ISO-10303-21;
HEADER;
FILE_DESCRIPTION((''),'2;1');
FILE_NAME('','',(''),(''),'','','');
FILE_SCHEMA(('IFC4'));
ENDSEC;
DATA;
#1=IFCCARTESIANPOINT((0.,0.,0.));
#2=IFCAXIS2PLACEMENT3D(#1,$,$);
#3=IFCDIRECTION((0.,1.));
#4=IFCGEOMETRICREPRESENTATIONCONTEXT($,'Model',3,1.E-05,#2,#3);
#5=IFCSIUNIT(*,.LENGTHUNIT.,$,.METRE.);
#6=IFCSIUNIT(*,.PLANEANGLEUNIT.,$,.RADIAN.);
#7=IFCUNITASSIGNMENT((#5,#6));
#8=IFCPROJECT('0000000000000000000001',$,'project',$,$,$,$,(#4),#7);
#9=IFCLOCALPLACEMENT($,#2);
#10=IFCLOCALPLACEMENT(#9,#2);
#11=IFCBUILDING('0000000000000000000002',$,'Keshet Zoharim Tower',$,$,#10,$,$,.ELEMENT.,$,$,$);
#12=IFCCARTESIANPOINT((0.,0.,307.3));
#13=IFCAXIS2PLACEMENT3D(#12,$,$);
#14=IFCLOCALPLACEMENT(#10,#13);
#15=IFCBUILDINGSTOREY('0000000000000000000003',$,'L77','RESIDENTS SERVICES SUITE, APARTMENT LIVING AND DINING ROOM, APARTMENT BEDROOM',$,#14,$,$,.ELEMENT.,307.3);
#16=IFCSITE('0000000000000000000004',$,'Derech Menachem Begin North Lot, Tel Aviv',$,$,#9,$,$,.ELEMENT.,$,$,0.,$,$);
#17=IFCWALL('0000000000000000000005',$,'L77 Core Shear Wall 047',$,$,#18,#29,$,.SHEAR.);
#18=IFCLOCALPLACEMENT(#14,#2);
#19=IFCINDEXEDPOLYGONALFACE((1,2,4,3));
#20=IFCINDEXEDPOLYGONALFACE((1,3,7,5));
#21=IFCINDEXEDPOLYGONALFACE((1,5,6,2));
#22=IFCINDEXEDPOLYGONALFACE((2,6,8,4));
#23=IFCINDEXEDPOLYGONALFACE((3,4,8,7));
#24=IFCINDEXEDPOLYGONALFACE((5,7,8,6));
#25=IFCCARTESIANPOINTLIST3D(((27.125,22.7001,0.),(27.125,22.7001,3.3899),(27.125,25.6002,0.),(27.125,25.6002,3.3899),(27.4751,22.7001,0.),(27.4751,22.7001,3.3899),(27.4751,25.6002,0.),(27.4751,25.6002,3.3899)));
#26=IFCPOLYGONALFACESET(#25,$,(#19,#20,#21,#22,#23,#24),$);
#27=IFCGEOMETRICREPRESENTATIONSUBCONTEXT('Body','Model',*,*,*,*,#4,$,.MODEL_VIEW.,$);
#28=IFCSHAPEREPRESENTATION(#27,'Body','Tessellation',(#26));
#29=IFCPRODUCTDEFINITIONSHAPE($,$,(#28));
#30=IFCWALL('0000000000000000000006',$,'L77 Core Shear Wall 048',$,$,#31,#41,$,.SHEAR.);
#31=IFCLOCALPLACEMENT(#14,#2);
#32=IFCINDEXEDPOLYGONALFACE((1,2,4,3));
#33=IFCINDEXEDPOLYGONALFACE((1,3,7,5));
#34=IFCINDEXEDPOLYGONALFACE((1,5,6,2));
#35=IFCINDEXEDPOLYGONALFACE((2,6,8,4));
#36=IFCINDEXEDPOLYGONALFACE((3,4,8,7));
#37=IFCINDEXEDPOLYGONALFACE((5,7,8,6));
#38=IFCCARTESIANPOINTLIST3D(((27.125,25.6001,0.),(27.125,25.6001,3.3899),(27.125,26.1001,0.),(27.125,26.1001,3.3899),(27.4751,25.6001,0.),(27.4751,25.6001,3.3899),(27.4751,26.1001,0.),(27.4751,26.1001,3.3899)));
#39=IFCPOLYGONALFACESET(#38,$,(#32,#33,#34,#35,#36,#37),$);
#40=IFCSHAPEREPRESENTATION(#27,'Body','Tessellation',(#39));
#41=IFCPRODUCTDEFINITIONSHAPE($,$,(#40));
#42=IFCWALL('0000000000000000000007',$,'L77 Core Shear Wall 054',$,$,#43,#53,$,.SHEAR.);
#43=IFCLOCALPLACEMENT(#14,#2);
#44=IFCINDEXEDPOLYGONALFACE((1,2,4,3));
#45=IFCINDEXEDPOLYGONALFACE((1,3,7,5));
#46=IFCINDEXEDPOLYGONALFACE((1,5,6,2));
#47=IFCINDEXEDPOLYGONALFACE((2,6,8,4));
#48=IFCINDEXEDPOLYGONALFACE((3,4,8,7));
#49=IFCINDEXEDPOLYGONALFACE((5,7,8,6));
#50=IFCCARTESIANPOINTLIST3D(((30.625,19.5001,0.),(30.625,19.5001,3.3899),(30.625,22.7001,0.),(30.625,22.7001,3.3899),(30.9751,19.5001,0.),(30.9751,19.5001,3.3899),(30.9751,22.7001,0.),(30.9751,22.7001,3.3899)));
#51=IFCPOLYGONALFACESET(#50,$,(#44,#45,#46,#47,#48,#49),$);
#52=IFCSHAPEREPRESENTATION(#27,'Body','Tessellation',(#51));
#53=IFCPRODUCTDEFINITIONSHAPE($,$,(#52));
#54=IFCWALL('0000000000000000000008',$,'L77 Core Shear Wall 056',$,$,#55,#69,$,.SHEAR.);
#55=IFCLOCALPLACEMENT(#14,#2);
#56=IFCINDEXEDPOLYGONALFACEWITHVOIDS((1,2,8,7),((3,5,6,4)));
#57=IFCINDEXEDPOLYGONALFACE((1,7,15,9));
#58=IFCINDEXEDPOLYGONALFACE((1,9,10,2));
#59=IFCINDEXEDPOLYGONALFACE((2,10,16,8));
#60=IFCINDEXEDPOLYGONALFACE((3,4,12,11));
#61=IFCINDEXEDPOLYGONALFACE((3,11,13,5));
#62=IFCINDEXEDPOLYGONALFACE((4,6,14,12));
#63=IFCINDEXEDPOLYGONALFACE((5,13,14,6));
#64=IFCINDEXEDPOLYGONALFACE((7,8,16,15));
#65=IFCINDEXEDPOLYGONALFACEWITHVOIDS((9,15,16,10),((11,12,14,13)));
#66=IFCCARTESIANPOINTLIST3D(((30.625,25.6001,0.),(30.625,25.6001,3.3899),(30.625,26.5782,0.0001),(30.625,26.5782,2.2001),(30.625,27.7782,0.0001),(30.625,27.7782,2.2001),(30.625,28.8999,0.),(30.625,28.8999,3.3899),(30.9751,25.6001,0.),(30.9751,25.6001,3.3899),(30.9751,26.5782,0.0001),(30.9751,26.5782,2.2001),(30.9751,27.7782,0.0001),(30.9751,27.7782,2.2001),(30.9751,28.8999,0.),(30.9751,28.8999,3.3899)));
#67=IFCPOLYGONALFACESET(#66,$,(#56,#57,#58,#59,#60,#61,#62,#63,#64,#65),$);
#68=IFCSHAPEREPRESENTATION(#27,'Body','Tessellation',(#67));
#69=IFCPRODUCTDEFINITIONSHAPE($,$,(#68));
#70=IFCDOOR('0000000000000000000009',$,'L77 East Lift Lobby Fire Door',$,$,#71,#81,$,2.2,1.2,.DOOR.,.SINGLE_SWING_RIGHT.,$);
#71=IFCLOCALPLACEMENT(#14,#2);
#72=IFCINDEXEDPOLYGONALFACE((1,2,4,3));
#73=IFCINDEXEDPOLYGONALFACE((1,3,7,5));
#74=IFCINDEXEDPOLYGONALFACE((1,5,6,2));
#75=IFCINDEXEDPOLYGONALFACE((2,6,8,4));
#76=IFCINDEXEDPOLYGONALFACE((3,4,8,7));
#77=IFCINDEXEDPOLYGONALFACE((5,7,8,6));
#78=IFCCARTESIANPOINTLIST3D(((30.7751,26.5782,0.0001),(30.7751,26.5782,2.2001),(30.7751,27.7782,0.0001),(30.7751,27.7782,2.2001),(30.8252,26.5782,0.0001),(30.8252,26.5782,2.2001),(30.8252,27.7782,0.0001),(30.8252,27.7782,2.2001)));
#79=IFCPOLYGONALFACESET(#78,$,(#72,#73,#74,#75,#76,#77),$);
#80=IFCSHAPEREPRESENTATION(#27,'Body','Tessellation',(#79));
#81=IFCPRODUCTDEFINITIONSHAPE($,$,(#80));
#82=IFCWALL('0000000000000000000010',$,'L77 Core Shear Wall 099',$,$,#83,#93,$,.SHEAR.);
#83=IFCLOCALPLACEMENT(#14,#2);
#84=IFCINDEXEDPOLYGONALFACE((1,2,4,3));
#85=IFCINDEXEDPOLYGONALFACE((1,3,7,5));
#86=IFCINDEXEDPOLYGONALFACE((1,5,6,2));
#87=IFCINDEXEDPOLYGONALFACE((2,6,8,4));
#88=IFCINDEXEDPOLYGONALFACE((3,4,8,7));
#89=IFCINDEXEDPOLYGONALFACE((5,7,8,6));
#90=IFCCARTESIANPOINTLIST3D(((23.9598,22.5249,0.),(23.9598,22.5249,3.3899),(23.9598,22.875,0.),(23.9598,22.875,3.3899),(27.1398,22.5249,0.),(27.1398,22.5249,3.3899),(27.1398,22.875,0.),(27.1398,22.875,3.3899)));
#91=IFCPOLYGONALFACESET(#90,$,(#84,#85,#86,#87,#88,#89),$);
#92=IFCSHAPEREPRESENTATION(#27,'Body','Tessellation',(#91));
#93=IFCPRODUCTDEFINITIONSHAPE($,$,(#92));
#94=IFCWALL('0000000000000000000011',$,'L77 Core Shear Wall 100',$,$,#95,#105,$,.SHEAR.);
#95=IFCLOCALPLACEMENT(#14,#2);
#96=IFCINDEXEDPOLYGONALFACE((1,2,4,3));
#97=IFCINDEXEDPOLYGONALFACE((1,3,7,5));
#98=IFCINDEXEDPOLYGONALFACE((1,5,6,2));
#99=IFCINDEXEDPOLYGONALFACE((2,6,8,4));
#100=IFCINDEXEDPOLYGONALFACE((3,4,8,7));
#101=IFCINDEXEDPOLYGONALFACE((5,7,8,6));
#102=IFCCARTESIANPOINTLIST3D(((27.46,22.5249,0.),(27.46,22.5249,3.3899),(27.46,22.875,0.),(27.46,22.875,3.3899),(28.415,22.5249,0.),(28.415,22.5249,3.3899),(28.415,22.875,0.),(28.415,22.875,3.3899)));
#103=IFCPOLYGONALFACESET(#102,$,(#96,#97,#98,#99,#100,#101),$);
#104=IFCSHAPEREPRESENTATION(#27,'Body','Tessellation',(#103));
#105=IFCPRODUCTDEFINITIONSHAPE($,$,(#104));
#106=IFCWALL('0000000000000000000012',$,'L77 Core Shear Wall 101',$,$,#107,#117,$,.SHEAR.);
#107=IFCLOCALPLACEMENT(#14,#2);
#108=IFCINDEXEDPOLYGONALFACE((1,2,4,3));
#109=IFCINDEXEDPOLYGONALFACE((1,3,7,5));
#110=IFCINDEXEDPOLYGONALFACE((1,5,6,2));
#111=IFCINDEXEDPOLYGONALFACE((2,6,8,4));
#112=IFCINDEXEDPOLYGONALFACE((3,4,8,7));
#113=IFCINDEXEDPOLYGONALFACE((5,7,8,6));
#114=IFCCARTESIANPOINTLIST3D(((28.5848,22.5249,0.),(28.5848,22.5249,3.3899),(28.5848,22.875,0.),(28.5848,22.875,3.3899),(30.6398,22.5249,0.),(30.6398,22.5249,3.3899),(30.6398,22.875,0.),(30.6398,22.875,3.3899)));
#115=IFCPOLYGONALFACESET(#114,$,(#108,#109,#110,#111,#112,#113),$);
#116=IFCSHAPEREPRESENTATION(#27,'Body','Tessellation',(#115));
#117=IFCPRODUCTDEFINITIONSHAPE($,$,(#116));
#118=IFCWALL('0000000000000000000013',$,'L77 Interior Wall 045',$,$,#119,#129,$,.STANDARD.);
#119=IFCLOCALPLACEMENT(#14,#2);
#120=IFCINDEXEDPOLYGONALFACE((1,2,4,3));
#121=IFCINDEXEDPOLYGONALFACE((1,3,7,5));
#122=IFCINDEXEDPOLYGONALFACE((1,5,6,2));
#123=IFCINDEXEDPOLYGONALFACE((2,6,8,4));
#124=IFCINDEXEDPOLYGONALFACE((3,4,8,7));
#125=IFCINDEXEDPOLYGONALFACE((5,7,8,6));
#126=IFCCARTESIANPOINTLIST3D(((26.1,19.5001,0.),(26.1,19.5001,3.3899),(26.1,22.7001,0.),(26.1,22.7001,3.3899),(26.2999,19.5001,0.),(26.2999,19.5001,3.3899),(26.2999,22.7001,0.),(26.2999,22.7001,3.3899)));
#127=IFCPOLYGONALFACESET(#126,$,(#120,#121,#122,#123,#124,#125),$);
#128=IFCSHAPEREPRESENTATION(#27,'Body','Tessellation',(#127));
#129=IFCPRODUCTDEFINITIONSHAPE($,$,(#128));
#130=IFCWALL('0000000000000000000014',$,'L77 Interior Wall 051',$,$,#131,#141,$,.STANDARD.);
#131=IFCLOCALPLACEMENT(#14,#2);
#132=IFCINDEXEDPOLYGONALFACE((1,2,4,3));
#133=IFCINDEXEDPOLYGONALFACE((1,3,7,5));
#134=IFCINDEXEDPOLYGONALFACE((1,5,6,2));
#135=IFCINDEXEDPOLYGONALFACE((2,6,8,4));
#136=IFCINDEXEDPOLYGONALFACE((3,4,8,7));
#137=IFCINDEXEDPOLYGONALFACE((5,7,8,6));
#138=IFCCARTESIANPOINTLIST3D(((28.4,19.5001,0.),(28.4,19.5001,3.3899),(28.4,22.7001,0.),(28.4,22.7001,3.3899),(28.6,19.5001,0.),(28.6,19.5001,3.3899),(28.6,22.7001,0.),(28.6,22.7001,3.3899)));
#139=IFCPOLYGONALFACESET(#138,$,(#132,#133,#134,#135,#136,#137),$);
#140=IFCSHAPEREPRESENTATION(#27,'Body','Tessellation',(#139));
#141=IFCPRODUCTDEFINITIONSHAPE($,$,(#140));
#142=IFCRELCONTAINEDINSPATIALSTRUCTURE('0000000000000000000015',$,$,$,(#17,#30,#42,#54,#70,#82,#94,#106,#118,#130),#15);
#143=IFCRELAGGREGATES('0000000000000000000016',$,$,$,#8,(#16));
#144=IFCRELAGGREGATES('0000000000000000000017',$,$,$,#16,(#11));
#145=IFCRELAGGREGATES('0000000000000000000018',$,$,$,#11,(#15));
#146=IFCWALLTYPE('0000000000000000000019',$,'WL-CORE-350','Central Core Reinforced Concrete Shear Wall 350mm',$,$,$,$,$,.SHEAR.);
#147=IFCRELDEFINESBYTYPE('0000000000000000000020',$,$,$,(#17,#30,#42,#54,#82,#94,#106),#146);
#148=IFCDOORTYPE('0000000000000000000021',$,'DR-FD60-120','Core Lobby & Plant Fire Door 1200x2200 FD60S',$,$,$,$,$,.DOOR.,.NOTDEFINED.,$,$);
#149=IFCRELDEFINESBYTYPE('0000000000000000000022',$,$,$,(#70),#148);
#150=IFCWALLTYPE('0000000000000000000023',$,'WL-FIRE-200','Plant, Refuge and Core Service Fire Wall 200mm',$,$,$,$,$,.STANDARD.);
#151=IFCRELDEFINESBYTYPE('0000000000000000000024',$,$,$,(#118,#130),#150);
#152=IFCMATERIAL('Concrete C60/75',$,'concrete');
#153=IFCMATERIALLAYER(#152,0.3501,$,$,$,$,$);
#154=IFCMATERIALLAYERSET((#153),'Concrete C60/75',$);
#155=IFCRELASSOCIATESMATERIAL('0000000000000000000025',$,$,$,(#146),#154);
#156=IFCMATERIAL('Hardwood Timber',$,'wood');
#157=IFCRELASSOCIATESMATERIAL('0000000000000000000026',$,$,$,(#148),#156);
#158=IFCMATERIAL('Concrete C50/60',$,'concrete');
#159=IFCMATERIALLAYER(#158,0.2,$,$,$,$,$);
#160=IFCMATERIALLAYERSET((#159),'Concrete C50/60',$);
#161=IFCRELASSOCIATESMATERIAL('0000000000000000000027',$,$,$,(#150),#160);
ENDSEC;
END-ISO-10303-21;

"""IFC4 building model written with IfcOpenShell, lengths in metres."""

from ifc_helpers import new_model, si_unit, direction, frame, frame_2d, origin, place, context, subcontext, project, spatial, rectangle, extrude, material, layer, layer_set, type_object, element, fill, save


model = new_model("IFC4")

# Units and contexts
model_context = context("Model", 3, precision=1e-05, world=origin(), true_north=direction((0.0, 1.0)))
body_context = subcontext(model_context, "Body", "Model", "MODEL_VIEW")
ifc_project = project(units=[si_unit("LENGTHUNIT", "METRE"), si_unit("PLANEANGLEUNIT", "RADIAN")], contexts=[model_context])

# Site, building, storey
site_placement = place(None, origin())
site = spatial("IfcSite", under=ifc_project, at=site_placement, Name="Derech Menachem Begin North Lot, Tel Aviv", CompositionType="ELEMENT", RefElevation=0.0)
building_placement = place(site_placement, origin())
building = spatial("IfcBuilding", under=site, at=building_placement, Name="Keshet Zoharim Tower", CompositionType="ELEMENT")
storey_placement = place(building_placement, frame((0.0, 0.0, 307.3)))
storey = spatial("IfcBuildingStorey", under=building, at=storey_placement, Name="L77", Description="RESIDENTS SERVICES SUITE, APARTMENT LIVING AND DINING ROOM, APARTMENT BEDROOM", CompositionType="ELEMENT", Elevation=307.3)

# Shared definitions
ifc_material_1 = material(Name="Concrete C50/60", Category="concrete")

# Shared definitions
ifc_material_2 = material(Name="Hardwood Timber", Category="wood")

# Shared definitions
ifc_material_3 = material(Name="Concrete C60/75", Category="concrete")
ifc_layer_1 = layer(ifc_material_3, 0.3501)
ifc_layer_set_1 = layer_set([ifc_layer_1], Name="Concrete C60/75")
wall_type_1 = type_object("IfcWallType", Name="WL-CORE-350", Description="Central Core Reinforced Concrete Shear Wall 350mm", PredefinedType="SHEAR", material=ifc_layer_set_1)

# Walls
wall_1_placement = place(storey_placement, frame((27.3, 22.7, 0.0), z_axis=(0.0, 0.0, 1.0), x_axis=(0.0, 1.0, 0.0)))
element("IfcWall", 1, at=wall_1_placement, inside=storey, type_object=wall_type_1, Name="L77 Core Shear Wall 047", PredefinedType="SHEAR", context=body_context, shape_type="SweptSolid", body=[
    extrude(rectangle(XDim=2.9001, YDim=0.3501, at=frame_2d((1.4502, 0.0))), origin(), (0.0, 0.0, 1.0), 3.3899),
])
wall_2_placement = place(storey_placement, frame((27.3, 25.6001, 0.0), z_axis=(0.0, 0.0, 1.0), x_axis=(0.0, 1.0, 0.0)))
element("IfcWall", 2, at=wall_2_placement, inside=storey, type_object=wall_type_1, Name="L77 Core Shear Wall 048", PredefinedType="SHEAR", context=body_context, shape_type="SweptSolid", body=[
    extrude(rectangle(XDim=0.5, YDim=0.3501, at=frame_2d((0.25, 0.0))), origin(), (0.0, 0.0, 1.0), 3.3899),
])
wall_3_placement = place(storey_placement, frame((30.8, 19.5, 0.0), z_axis=(0.0, 0.0, 1.0), x_axis=(0.0, 1.0, 0.0)))
element("IfcWall", 3, at=wall_3_placement, inside=storey, type_object=wall_type_1, Name="L77 Core Shear Wall 054", PredefinedType="SHEAR", context=body_context, shape_type="SweptSolid", body=[
    extrude(rectangle(XDim=3.2, YDim=0.3501, at=frame_2d((1.6001, 0.0))), origin(), (0.0, 0.0, 1.0), 3.3899),
])

# Wall, opening, door
wall_4_placement = place(storey_placement, frame((30.8, 25.6001, 0.0), z_axis=(0.0, 0.0, 1.0), x_axis=(0.0, 1.0, 0.0)))
wall_4 = element("IfcWall", 4, at=wall_4_placement, inside=storey, type_object=wall_type_1, Name="L77 Core Shear Wall 056", PredefinedType="SHEAR", context=body_context, shape_type="SweptSolid", body=[
    extrude(rectangle(XDim=3.2998, YDim=0.3501, at=frame_2d((1.6499, 0.0))), origin(), (0.0, 0.0, 1.0), 3.3899),
])
opening_1_placement = place(wall_4_placement, frame((0.978, 0.0, 0.0)))
opening_1 = element("IfcOpeningElement", 5, at=opening_1_placement, cuts=wall_4, PredefinedType="OPENING", context=body_context, shape_type="SweptSolid", body=[
    extrude(rectangle(XDim=1.2, YDim=2.2, at=frame_2d((0.6001, 1.1001))), frame((0.0, 0.1851, 0.0), z_axis=(0.0, -1.0, 0.0), x_axis=(1.0, 0.0, 0.0)), (0.0, 0.0, 1.0), 0.3701),
])
door_type_1 = type_object("IfcDoorType", Name="DR-FD60-120", Description="Core Lobby & Plant Fire Door 1200x2200 FD60S", OperationType="NOTDEFINED", PredefinedType="DOOR", material=ifc_material_2)
door_1_placement = place(opening_1_placement, origin())
door_1 = element("IfcDoor", 6, at=door_1_placement, inside=storey, type_object=door_type_1, Name="L77 East Lift Lobby Fire Door", OperationType="SINGLE_SWING_RIGHT", OverallHeight=2.2, OverallWidth=1.2, PredefinedType="DOOR", context=body_context, shape_type="SweptSolid", body=[
    extrude(rectangle(XDim=1.2, YDim=2.2, at=frame_2d((0.6001, 1.1001))), frame((0.0, 0.0249, 0.0), z_axis=(0.0, -1.0, 0.0), x_axis=(1.0, 0.0, 0.0)), (0.0, 0.0, 1.0), 0.05),
])
fill(opening_1, door_1)

# Walls
wall_5_placement = place(storey_placement, frame((23.96, 22.7, 0.0), z_axis=(0.0, 0.0, 1.0), x_axis=(1.0, 0.0, 0.0)))
element("IfcWall", 7, at=wall_5_placement, inside=storey, type_object=wall_type_1, Name="L77 Core Shear Wall 099", PredefinedType="SHEAR", context=body_context, shape_type="SweptSolid", body=[
    extrude(rectangle(XDim=3.1799, YDim=0.3501, at=frame_2d((1.5898, 0.0))), origin(), (0.0, 0.0, 1.0), 3.3899),
])
wall_6_placement = place(storey_placement, frame((27.46, 22.7, 0.0), z_axis=(0.0, 0.0, 1.0), x_axis=(1.0, 0.0, 0.0)))
element("IfcWall", 8, at=wall_6_placement, inside=storey, type_object=wall_type_1, Name="L77 Core Shear Wall 100", PredefinedType="SHEAR", context=body_context, shape_type="SweptSolid", body=[
    extrude(rectangle(XDim=0.9551, YDim=0.3501, at=frame_2d((0.4775, 0.0))), origin(), (0.0, 0.0, 1.0), 3.3899),
])
wall_7_placement = place(storey_placement, frame((28.585, 22.7, 0.0), z_axis=(0.0, 0.0, 1.0), x_axis=(1.0, 0.0, 0.0)))
element("IfcWall", 9, at=wall_7_placement, inside=storey, type_object=wall_type_1, Name="L77 Core Shear Wall 101", PredefinedType="SHEAR", context=body_context, shape_type="SweptSolid", body=[
    extrude(rectangle(XDim=2.0549, YDim=0.3501, at=frame_2d((1.0273, 0.0))), origin(), (0.0, 0.0, 1.0), 3.3899),
])

# Walls
ifc_layer_2 = layer(ifc_material_1, 0.2)
ifc_layer_set_2 = layer_set([ifc_layer_2], Name="Concrete C50/60")
wall_type_2 = type_object("IfcWallType", Name="WL-FIRE-200", Description="Plant, Refuge and Core Service Fire Wall 200mm", PredefinedType="STANDARD", material=ifc_layer_set_2)
for number, where, z_axis, x_axis, name in (
    (10, (26.2, 19.5, 0.0), (0.0, 0.0, 1.0), (0.0, 1.0, 0.0), "L77 Interior Wall 045"),
    (11, (28.5, 19.5, 0.0), (0.0, 0.0, 1.0), (0.0, 1.0, 0.0), "L77 Interior Wall 051"),
):
    element("IfcWall", number, at=place(storey_placement, frame(where, z_axis=z_axis, x_axis=x_axis)), inside=storey, type_object=wall_type_2, Name=name, PredefinedType="STANDARD", context=body_context, shape_type="SweptSolid", body=[
        extrude(rectangle(XDim=3.2, YDim=0.2, at=frame_2d((1.6001, 0.0))), origin(), (0.0, 0.0, 1.0), 3.3899),
    ])

save(model, "model.ifc")
